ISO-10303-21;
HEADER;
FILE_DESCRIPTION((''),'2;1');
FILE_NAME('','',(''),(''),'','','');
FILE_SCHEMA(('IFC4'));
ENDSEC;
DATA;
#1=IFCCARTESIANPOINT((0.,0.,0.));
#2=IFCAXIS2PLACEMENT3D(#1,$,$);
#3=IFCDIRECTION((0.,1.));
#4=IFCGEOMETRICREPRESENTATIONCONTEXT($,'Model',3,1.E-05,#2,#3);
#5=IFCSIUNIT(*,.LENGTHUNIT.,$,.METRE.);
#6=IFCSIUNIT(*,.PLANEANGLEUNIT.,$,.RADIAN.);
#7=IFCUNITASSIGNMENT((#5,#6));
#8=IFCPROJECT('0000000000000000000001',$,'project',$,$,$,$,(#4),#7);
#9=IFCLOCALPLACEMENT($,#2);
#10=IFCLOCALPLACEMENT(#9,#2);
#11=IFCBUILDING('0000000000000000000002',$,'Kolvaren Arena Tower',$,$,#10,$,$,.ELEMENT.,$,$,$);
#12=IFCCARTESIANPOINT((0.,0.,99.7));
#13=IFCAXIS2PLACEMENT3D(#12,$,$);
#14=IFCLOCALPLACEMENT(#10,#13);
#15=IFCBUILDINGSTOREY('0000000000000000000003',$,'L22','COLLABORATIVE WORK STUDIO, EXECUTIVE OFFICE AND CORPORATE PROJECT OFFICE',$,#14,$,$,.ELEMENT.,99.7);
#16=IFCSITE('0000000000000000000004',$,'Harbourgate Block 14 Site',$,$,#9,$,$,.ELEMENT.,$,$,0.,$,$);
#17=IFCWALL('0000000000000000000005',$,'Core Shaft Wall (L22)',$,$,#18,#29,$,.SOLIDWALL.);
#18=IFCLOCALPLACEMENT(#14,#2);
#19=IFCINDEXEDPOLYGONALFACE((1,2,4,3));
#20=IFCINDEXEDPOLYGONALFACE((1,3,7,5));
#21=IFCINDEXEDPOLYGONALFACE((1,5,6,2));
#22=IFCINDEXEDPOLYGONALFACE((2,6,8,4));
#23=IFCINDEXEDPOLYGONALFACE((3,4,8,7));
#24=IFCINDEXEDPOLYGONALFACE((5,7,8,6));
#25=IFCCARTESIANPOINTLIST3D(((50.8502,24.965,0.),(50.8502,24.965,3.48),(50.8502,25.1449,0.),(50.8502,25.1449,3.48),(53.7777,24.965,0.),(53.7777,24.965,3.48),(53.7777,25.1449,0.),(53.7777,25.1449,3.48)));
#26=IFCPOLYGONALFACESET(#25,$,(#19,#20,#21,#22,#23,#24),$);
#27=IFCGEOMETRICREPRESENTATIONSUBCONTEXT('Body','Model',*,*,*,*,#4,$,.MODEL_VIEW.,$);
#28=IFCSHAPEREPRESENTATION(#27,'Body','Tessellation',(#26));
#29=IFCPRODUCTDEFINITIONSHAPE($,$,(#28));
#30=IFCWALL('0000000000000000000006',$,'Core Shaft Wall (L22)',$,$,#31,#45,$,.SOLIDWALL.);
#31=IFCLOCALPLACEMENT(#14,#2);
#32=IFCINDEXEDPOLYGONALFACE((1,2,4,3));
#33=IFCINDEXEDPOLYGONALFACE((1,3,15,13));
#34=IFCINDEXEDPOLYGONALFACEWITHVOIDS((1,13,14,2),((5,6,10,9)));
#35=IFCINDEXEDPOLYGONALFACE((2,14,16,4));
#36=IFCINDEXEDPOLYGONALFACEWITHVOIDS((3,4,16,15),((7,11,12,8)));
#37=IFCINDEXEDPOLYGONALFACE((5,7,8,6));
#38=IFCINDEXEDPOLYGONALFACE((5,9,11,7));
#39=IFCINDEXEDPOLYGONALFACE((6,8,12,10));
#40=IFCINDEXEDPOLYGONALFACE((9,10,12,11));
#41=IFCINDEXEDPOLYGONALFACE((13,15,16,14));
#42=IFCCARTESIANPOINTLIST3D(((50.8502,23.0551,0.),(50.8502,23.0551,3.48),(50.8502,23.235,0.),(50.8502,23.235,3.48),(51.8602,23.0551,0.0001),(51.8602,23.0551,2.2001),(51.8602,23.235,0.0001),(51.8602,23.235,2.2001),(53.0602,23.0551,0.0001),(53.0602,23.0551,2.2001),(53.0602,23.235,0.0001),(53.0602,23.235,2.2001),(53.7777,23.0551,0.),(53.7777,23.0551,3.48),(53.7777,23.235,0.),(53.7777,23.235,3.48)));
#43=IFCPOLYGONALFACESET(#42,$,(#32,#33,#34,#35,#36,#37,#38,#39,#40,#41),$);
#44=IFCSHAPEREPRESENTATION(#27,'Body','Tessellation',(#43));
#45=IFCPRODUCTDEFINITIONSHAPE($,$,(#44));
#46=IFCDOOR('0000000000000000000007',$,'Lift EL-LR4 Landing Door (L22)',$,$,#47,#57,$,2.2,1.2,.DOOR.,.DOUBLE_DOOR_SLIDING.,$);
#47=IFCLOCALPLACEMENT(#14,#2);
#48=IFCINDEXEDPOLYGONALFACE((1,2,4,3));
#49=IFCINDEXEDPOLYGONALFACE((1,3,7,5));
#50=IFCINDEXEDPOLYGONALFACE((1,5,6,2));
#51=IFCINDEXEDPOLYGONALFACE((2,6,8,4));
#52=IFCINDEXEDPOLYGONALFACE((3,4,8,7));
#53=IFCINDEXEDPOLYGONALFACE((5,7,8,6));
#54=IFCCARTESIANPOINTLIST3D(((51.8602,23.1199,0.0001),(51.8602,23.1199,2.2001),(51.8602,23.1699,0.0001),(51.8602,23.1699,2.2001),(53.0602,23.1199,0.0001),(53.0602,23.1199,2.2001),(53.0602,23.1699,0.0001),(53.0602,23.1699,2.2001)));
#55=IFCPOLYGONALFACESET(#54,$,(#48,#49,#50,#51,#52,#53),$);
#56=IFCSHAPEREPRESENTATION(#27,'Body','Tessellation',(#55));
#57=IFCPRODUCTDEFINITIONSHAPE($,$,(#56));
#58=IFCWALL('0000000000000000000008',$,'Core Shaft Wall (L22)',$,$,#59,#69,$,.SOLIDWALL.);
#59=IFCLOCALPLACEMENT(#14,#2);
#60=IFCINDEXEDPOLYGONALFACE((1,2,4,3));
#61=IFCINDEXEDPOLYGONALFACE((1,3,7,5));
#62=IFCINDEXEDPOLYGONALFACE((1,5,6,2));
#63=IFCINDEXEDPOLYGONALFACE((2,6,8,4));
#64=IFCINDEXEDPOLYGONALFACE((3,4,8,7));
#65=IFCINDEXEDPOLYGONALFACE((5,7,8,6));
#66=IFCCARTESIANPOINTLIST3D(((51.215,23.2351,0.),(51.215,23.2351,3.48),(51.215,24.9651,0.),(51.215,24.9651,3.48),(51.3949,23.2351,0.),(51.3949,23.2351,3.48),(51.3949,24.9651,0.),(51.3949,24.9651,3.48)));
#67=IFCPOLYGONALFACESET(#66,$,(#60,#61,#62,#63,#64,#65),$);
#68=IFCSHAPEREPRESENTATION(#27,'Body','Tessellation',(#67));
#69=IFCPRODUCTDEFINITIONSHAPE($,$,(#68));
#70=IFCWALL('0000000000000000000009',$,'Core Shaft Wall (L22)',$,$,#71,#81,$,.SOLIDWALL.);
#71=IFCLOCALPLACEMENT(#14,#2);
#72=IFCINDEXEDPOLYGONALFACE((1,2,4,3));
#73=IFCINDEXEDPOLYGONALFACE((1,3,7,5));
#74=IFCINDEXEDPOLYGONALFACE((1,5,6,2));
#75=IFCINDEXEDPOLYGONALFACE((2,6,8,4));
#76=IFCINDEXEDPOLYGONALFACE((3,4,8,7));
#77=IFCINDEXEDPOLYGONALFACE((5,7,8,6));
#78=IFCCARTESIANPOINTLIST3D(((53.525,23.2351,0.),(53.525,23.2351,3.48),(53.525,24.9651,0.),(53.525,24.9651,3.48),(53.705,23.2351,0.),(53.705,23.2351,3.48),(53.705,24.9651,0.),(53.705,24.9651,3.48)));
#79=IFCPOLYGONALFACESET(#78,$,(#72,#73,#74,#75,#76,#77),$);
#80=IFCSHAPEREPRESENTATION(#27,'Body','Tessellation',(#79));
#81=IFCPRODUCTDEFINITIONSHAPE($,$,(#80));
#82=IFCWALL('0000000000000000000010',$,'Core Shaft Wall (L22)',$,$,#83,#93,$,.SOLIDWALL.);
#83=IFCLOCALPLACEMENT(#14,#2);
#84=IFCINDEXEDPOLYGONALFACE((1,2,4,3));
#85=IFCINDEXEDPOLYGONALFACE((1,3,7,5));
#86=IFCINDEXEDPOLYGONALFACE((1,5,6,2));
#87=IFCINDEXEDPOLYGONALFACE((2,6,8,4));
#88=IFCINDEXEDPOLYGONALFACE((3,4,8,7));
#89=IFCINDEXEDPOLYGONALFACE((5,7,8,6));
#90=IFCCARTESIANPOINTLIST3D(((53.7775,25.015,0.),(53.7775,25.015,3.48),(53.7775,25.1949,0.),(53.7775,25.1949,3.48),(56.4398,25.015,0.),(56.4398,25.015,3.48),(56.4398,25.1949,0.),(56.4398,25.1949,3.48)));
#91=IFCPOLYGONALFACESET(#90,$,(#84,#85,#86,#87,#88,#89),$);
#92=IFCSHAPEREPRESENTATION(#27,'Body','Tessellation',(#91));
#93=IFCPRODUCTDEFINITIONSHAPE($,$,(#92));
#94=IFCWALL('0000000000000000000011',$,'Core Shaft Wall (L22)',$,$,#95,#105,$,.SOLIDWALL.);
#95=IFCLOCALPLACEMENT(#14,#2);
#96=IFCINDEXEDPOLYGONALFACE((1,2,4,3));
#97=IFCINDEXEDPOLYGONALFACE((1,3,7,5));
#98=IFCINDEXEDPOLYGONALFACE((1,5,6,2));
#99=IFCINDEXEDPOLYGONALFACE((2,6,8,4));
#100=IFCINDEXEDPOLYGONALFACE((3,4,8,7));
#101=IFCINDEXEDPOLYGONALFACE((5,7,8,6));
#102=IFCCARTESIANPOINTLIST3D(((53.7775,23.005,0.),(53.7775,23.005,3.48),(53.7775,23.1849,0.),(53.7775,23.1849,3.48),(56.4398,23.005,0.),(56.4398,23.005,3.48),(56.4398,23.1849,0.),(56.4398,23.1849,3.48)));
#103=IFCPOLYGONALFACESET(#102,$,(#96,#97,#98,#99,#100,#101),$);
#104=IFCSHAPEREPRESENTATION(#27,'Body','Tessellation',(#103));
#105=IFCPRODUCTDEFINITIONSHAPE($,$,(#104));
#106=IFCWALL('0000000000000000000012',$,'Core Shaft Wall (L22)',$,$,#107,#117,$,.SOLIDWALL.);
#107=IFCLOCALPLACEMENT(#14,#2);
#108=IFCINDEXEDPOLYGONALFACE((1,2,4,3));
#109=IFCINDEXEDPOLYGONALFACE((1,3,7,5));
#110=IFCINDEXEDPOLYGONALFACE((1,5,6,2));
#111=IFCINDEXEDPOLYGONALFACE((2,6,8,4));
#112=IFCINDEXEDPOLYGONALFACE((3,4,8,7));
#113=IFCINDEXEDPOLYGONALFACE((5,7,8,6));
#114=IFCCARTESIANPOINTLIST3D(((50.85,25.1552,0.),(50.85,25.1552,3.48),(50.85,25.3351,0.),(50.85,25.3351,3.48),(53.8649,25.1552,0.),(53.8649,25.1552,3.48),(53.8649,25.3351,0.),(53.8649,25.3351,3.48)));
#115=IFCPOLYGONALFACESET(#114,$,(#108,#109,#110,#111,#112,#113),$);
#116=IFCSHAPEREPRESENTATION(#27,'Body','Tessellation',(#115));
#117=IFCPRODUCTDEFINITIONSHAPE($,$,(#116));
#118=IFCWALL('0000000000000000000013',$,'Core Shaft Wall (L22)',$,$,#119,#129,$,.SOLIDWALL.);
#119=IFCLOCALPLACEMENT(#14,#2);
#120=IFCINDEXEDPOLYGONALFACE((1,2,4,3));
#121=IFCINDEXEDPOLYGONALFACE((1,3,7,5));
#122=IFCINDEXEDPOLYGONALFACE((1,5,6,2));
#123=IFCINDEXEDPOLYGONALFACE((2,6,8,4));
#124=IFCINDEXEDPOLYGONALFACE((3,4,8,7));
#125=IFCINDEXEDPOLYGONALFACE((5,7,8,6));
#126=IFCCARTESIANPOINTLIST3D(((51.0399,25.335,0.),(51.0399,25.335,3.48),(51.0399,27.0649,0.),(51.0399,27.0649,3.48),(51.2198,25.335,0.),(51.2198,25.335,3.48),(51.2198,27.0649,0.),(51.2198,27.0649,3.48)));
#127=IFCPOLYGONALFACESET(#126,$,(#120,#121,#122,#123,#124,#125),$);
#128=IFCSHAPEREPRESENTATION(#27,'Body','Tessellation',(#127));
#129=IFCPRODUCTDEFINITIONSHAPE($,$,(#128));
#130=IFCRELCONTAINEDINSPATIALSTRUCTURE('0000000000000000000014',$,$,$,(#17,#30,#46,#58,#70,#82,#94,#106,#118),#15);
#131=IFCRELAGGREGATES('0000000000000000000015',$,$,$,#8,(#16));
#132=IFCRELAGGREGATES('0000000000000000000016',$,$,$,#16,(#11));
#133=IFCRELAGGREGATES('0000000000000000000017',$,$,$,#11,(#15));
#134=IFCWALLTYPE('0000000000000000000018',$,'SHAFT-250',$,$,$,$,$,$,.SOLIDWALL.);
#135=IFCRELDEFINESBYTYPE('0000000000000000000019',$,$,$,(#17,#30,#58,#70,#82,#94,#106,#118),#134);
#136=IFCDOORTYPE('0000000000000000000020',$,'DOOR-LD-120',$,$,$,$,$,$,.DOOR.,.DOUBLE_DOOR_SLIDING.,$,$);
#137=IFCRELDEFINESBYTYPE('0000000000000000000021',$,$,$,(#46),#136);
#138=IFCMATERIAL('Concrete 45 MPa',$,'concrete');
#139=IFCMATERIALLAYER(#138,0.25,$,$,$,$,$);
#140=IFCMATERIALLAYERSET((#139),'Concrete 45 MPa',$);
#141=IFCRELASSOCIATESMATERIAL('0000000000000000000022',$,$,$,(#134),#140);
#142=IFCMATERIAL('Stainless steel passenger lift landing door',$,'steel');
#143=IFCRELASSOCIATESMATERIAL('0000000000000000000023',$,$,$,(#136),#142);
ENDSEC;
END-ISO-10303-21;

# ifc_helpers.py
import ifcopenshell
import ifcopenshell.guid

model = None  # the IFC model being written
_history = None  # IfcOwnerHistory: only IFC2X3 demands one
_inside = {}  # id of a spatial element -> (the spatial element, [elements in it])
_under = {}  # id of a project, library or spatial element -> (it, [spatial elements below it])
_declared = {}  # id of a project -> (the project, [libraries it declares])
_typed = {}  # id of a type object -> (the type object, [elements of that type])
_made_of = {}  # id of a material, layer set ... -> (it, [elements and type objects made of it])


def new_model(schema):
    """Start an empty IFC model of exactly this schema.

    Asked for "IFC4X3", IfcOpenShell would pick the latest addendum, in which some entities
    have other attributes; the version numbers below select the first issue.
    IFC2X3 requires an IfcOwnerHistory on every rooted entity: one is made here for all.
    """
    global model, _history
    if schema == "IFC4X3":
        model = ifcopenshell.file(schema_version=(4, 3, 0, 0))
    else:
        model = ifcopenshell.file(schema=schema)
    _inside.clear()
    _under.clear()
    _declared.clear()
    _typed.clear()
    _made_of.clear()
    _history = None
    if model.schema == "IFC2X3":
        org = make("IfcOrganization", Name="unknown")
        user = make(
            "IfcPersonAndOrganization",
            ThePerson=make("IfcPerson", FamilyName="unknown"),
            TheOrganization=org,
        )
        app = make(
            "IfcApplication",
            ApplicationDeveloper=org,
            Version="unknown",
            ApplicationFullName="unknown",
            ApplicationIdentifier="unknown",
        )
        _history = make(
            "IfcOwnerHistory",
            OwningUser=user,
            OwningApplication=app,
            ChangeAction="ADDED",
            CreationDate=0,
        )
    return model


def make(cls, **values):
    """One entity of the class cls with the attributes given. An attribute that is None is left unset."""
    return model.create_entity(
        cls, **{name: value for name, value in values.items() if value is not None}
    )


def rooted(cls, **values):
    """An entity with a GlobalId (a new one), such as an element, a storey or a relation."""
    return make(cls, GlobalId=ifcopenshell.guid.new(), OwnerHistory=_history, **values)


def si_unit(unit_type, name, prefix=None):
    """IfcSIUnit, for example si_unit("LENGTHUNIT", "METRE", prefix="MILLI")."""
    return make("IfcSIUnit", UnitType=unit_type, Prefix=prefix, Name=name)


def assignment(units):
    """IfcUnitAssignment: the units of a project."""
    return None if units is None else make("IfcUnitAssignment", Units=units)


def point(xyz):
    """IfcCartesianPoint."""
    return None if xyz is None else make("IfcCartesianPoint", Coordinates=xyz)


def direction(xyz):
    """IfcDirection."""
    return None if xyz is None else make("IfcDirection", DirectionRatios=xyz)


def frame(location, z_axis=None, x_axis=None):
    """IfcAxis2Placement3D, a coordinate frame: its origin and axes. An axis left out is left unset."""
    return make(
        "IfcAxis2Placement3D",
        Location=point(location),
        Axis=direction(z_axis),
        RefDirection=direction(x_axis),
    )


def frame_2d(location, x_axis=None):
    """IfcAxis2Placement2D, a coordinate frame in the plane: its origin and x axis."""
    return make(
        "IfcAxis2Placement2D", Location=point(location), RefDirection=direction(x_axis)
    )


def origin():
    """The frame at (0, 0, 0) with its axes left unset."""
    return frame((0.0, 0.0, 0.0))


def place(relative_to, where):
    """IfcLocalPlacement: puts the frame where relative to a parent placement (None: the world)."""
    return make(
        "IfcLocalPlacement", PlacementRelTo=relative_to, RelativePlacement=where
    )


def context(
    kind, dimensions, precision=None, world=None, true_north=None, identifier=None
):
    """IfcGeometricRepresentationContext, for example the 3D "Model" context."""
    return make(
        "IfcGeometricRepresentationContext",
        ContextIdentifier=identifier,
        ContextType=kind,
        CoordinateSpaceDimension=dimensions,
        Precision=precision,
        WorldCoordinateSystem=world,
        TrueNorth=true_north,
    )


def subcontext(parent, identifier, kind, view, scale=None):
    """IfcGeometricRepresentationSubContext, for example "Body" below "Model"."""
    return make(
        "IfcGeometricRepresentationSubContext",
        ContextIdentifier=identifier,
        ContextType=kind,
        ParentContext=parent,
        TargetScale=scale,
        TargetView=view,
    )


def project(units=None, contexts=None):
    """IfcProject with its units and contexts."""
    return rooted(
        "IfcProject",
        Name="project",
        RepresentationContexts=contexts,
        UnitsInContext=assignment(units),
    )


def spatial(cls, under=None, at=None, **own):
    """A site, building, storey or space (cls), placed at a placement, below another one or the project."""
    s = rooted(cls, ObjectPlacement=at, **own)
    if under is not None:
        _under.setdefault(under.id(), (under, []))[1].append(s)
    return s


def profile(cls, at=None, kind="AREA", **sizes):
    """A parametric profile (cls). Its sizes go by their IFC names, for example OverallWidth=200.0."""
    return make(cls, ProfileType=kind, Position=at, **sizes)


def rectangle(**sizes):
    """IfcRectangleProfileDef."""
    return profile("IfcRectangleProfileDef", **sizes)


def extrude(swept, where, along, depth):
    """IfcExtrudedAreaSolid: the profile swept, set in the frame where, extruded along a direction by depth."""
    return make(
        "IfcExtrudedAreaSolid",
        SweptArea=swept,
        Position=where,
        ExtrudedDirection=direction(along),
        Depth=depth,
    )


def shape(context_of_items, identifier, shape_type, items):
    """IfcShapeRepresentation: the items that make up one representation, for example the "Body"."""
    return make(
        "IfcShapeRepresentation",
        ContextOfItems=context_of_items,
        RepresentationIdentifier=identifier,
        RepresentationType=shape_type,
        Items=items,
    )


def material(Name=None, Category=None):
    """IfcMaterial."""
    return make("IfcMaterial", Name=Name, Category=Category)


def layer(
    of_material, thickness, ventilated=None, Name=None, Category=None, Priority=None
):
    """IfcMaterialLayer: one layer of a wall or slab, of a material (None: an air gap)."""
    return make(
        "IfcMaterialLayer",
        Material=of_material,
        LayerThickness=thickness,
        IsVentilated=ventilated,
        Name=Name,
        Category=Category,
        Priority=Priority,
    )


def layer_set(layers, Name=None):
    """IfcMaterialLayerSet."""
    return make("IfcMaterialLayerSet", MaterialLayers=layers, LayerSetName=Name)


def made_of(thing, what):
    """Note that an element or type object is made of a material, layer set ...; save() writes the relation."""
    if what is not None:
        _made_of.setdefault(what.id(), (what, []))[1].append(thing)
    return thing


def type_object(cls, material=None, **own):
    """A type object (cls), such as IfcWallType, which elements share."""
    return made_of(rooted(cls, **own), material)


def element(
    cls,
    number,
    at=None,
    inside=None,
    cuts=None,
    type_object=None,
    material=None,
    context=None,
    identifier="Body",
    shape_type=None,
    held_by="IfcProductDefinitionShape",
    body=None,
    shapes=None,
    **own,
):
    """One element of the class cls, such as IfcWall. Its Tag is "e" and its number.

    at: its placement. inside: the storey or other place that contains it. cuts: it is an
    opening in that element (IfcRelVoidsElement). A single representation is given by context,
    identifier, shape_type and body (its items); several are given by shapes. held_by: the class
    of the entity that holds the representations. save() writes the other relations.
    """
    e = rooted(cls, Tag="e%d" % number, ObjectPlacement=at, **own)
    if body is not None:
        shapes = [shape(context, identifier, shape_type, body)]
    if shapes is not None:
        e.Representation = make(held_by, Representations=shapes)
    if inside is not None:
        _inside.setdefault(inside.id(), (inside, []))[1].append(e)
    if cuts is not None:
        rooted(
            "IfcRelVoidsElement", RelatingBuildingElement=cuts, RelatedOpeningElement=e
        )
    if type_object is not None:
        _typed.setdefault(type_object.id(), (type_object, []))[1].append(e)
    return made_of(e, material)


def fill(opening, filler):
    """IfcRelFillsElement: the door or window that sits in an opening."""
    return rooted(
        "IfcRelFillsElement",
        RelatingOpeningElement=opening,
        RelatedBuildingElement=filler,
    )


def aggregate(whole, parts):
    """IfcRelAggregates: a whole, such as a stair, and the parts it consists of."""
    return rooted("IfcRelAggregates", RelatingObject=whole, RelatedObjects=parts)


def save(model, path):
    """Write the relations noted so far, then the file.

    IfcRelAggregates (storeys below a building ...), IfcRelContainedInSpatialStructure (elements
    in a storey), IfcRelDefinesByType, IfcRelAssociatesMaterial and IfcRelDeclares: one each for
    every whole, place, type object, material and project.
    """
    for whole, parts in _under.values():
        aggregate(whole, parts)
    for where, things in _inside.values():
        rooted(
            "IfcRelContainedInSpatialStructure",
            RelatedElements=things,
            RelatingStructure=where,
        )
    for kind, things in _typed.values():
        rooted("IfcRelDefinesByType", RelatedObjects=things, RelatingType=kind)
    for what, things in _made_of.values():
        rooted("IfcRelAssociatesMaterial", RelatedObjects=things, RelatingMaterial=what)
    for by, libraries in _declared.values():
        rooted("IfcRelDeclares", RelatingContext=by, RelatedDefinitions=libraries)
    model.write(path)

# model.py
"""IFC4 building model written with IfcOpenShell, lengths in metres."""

from ifc_helpers import new_model, si_unit, direction, frame, frame_2d, origin, place, context, subcontext, project, spatial, rectangle, extrude, material, layer, layer_set, type_object, element, fill, save


model = new_model("IFC4")

# Units and contexts
model_context = context("Model", 3, precision=1e-05, world=origin(), true_north=direction((0.0, 1.0)))
body_context = subcontext(model_context, "Body", "Model", "MODEL_VIEW")
ifc_project = project(units=[si_unit("LENGTHUNIT", "METRE"), si_unit("PLANEANGLEUNIT", "RADIAN")], contexts=[model_context])

# Site, building, storey
site_placement = place(None, origin())
site = spatial("IfcSite", under=ifc_project, at=site_placement, Name="Harbourgate Block 14 Site", CompositionType="ELEMENT", RefElevation=0.0)
building_placement = place(site_placement, origin())
building = spatial("IfcBuilding", under=site, at=building_placement, Name="Kolvaren Arena Tower", CompositionType="ELEMENT")
storey_placement = place(building_placement, frame((0.0, 0.0, 99.7)))
storey = spatial("IfcBuildingStorey", under=building, at=storey_placement, Name="L22", Description="COLLABORATIVE WORK STUDIO, EXECUTIVE OFFICE AND CORPORATE PROJECT OFFICE", CompositionType="ELEMENT", Elevation=99.7)

# Shared definitions
ifc_material_1 = material(Name="Concrete 45 MPa", Category="concrete")
ifc_layer_1 = layer(ifc_material_1, 0.25)
ifc_layer_set_1 = layer_set([ifc_layer_1], Name="Concrete 45 MPa")
wall_type_1 = type_object("IfcWallType", Name="SHAFT-250", PredefinedType="SOLIDWALL", material=ifc_layer_set_1)
ifc_material_2 = material(Name="Stainless steel passenger lift landing door", Category="steel")
door_type_1 = type_object("IfcDoorType", Name="DOOR-LD-120", OperationType="DOUBLE_DOOR_SLIDING", PredefinedType="DOOR", material=ifc_material_2)

# Wall
wall_1_placement = place(storey_placement, frame((50.8501, 25.0549, 0.0), z_axis=(0.0, 0.0, 1.0), x_axis=(1.0, 0.0, 0.0)))
element("IfcWall", 1, at=wall_1_placement, inside=storey, type_object=wall_type_1, Name="Core Shaft Wall (L22)", PredefinedType="SOLIDWALL", context=body_context, shape_type="SweptSolid", body=[
    extrude(rectangle(XDim=2.9275, YDim=0.1799, at=frame_2d((1.4639, 0.0))), origin(), (0.0, 0.0, 1.0), 3.48),
])

# Wall, opening, door
wall_2_placement = place(storey_placement, frame((50.8501, 23.145, 0.0), z_axis=(0.0, 0.0, 1.0), x_axis=(1.0, 0.0, 0.0)))
wall_2 = element("IfcWall", 2, at=wall_2_placement, inside=storey, type_object=wall_type_1, Name="Core Shaft Wall (L22)", PredefinedType="SOLIDWALL", context=body_context, shape_type="SweptSolid", body=[
    extrude(rectangle(XDim=2.9275, YDim=0.1799, at=frame_2d((1.4639, 0.0))), origin(), (0.0, 0.0, 1.0), 3.48),
])
opening_1_placement = place(wall_2_placement, frame((1.01, 0.0, 0.0)))
opening_1 = element("IfcOpeningElement", 3, at=opening_1_placement, cuts=wall_2, PredefinedType="OPENING", context=body_context, shape_type="SweptSolid", body=[
    extrude(rectangle(XDim=1.2, YDim=2.2, at=frame_2d((0.6001, 1.1001))), frame((0.0, 0.0999, 0.0), z_axis=(0.0, -1.0, 0.0), x_axis=(1.0, 0.0, 0.0)), (0.0, 0.0, 1.0), 0.2),
])
door_1_placement = place(opening_1_placement, origin())
door_1 = element("IfcDoor", 4, at=door_1_placement, inside=storey, type_object=door_type_1, Name="Lift EL-LR4 Landing Door (L22)", OperationType="DOUBLE_DOOR_SLIDING", OverallHeight=2.2, OverallWidth=1.2, PredefinedType="DOOR", context=body_context, shape_type="SweptSolid", body=[
    extrude(rectangle(XDim=1.2, YDim=2.2, at=frame_2d((0.6001, 1.1001))), frame((0.0, 0.0249, 0.0), z_axis=(0.0, -1.0, 0.0), x_axis=(1.0, 0.0, 0.0)), (0.0, 0.0, 1.0), 0.05),
])
fill(opening_1, door_1)

# Walls
for number, where, z_axis, x_axis, name in (
    (5, (51.3049, 23.2351, 0.0), (0.0, 0.0, 1.0), (0.0, 1.0, 0.0), "Core Shaft Wall (L22)"),
    (6, (53.615, 23.2351, 0.0), (0.0, 0.0, 1.0), (0.0, 1.0, 0.0), "Core Shaft Wall (L22)"),
):
    element("IfcWall", number, at=place(storey_placement, frame(where, z_axis=z_axis, x_axis=x_axis)), inside=storey, type_object=wall_type_1, Name=name, PredefinedType="SOLIDWALL", context=body_context, shape_type="SweptSolid", body=[
        extrude(rectangle(XDim=1.73, YDim=0.1799, at=frame_2d((0.865, 0.0))), origin(), (0.0, 0.0, 1.0), 3.48),
    ])
for number, where, z_axis, x_axis, name in (
    (7, (53.7776, 25.105, 0.0), (0.0, 0.0, 1.0), (1.0, 0.0, 0.0), "Core Shaft Wall (L22)"),
    (8, (53.7776, 23.095, 0.0), (0.0, 0.0, 1.0), (1.0, 0.0, 0.0), "Core Shaft Wall (L22)"),
):
    element("IfcWall", number, at=place(storey_placement, frame(where, z_axis=z_axis, x_axis=x_axis)), inside=storey, type_object=wall_type_1, Name=name, PredefinedType="SOLIDWALL", context=body_context, shape_type="SweptSolid", body=[
        extrude(rectangle(XDim=2.6624, YDim=0.1799, at=frame_2d((1.3311, 0.0))), origin(), (0.0, 0.0, 1.0), 3.48),
    ])
wall_3_placement = place(storey_placement, frame((50.8501, 25.2451, 0.0), z_axis=(0.0, 0.0, 1.0), x_axis=(1.0, 0.0, 0.0)))
element("IfcWall", 9, at=wall_3_placement, inside=storey, type_object=wall_type_1, Name="Core Shaft Wall (L22)", PredefinedType="SOLIDWALL", context=body_context, shape_type="SweptSolid", body=[
    extrude(rectangle(XDim=3.0149, YDim=0.1799, at=frame_2d((1.5073, 0.0))), origin(), (0.0, 0.0, 1.0), 3.48),
])
wall_4_placement = place(storey_placement, frame((51.1299, 25.335, 0.0), z_axis=(0.0, 0.0, 1.0), x_axis=(0.0, 1.0, 0.0)))
element("IfcWall", 10, at=wall_4_placement, inside=storey, type_object=wall_type_1, Name="Core Shaft Wall (L22)", PredefinedType="SOLIDWALL", context=body_context, shape_type="SweptSolid", body=[
    extrude(rectangle(XDim=1.73, YDim=0.1799, at=frame_2d((0.865, 0.0))), origin(), (0.0, 0.0, 1.0), 3.48),
])

save(model, "model.ifc")
